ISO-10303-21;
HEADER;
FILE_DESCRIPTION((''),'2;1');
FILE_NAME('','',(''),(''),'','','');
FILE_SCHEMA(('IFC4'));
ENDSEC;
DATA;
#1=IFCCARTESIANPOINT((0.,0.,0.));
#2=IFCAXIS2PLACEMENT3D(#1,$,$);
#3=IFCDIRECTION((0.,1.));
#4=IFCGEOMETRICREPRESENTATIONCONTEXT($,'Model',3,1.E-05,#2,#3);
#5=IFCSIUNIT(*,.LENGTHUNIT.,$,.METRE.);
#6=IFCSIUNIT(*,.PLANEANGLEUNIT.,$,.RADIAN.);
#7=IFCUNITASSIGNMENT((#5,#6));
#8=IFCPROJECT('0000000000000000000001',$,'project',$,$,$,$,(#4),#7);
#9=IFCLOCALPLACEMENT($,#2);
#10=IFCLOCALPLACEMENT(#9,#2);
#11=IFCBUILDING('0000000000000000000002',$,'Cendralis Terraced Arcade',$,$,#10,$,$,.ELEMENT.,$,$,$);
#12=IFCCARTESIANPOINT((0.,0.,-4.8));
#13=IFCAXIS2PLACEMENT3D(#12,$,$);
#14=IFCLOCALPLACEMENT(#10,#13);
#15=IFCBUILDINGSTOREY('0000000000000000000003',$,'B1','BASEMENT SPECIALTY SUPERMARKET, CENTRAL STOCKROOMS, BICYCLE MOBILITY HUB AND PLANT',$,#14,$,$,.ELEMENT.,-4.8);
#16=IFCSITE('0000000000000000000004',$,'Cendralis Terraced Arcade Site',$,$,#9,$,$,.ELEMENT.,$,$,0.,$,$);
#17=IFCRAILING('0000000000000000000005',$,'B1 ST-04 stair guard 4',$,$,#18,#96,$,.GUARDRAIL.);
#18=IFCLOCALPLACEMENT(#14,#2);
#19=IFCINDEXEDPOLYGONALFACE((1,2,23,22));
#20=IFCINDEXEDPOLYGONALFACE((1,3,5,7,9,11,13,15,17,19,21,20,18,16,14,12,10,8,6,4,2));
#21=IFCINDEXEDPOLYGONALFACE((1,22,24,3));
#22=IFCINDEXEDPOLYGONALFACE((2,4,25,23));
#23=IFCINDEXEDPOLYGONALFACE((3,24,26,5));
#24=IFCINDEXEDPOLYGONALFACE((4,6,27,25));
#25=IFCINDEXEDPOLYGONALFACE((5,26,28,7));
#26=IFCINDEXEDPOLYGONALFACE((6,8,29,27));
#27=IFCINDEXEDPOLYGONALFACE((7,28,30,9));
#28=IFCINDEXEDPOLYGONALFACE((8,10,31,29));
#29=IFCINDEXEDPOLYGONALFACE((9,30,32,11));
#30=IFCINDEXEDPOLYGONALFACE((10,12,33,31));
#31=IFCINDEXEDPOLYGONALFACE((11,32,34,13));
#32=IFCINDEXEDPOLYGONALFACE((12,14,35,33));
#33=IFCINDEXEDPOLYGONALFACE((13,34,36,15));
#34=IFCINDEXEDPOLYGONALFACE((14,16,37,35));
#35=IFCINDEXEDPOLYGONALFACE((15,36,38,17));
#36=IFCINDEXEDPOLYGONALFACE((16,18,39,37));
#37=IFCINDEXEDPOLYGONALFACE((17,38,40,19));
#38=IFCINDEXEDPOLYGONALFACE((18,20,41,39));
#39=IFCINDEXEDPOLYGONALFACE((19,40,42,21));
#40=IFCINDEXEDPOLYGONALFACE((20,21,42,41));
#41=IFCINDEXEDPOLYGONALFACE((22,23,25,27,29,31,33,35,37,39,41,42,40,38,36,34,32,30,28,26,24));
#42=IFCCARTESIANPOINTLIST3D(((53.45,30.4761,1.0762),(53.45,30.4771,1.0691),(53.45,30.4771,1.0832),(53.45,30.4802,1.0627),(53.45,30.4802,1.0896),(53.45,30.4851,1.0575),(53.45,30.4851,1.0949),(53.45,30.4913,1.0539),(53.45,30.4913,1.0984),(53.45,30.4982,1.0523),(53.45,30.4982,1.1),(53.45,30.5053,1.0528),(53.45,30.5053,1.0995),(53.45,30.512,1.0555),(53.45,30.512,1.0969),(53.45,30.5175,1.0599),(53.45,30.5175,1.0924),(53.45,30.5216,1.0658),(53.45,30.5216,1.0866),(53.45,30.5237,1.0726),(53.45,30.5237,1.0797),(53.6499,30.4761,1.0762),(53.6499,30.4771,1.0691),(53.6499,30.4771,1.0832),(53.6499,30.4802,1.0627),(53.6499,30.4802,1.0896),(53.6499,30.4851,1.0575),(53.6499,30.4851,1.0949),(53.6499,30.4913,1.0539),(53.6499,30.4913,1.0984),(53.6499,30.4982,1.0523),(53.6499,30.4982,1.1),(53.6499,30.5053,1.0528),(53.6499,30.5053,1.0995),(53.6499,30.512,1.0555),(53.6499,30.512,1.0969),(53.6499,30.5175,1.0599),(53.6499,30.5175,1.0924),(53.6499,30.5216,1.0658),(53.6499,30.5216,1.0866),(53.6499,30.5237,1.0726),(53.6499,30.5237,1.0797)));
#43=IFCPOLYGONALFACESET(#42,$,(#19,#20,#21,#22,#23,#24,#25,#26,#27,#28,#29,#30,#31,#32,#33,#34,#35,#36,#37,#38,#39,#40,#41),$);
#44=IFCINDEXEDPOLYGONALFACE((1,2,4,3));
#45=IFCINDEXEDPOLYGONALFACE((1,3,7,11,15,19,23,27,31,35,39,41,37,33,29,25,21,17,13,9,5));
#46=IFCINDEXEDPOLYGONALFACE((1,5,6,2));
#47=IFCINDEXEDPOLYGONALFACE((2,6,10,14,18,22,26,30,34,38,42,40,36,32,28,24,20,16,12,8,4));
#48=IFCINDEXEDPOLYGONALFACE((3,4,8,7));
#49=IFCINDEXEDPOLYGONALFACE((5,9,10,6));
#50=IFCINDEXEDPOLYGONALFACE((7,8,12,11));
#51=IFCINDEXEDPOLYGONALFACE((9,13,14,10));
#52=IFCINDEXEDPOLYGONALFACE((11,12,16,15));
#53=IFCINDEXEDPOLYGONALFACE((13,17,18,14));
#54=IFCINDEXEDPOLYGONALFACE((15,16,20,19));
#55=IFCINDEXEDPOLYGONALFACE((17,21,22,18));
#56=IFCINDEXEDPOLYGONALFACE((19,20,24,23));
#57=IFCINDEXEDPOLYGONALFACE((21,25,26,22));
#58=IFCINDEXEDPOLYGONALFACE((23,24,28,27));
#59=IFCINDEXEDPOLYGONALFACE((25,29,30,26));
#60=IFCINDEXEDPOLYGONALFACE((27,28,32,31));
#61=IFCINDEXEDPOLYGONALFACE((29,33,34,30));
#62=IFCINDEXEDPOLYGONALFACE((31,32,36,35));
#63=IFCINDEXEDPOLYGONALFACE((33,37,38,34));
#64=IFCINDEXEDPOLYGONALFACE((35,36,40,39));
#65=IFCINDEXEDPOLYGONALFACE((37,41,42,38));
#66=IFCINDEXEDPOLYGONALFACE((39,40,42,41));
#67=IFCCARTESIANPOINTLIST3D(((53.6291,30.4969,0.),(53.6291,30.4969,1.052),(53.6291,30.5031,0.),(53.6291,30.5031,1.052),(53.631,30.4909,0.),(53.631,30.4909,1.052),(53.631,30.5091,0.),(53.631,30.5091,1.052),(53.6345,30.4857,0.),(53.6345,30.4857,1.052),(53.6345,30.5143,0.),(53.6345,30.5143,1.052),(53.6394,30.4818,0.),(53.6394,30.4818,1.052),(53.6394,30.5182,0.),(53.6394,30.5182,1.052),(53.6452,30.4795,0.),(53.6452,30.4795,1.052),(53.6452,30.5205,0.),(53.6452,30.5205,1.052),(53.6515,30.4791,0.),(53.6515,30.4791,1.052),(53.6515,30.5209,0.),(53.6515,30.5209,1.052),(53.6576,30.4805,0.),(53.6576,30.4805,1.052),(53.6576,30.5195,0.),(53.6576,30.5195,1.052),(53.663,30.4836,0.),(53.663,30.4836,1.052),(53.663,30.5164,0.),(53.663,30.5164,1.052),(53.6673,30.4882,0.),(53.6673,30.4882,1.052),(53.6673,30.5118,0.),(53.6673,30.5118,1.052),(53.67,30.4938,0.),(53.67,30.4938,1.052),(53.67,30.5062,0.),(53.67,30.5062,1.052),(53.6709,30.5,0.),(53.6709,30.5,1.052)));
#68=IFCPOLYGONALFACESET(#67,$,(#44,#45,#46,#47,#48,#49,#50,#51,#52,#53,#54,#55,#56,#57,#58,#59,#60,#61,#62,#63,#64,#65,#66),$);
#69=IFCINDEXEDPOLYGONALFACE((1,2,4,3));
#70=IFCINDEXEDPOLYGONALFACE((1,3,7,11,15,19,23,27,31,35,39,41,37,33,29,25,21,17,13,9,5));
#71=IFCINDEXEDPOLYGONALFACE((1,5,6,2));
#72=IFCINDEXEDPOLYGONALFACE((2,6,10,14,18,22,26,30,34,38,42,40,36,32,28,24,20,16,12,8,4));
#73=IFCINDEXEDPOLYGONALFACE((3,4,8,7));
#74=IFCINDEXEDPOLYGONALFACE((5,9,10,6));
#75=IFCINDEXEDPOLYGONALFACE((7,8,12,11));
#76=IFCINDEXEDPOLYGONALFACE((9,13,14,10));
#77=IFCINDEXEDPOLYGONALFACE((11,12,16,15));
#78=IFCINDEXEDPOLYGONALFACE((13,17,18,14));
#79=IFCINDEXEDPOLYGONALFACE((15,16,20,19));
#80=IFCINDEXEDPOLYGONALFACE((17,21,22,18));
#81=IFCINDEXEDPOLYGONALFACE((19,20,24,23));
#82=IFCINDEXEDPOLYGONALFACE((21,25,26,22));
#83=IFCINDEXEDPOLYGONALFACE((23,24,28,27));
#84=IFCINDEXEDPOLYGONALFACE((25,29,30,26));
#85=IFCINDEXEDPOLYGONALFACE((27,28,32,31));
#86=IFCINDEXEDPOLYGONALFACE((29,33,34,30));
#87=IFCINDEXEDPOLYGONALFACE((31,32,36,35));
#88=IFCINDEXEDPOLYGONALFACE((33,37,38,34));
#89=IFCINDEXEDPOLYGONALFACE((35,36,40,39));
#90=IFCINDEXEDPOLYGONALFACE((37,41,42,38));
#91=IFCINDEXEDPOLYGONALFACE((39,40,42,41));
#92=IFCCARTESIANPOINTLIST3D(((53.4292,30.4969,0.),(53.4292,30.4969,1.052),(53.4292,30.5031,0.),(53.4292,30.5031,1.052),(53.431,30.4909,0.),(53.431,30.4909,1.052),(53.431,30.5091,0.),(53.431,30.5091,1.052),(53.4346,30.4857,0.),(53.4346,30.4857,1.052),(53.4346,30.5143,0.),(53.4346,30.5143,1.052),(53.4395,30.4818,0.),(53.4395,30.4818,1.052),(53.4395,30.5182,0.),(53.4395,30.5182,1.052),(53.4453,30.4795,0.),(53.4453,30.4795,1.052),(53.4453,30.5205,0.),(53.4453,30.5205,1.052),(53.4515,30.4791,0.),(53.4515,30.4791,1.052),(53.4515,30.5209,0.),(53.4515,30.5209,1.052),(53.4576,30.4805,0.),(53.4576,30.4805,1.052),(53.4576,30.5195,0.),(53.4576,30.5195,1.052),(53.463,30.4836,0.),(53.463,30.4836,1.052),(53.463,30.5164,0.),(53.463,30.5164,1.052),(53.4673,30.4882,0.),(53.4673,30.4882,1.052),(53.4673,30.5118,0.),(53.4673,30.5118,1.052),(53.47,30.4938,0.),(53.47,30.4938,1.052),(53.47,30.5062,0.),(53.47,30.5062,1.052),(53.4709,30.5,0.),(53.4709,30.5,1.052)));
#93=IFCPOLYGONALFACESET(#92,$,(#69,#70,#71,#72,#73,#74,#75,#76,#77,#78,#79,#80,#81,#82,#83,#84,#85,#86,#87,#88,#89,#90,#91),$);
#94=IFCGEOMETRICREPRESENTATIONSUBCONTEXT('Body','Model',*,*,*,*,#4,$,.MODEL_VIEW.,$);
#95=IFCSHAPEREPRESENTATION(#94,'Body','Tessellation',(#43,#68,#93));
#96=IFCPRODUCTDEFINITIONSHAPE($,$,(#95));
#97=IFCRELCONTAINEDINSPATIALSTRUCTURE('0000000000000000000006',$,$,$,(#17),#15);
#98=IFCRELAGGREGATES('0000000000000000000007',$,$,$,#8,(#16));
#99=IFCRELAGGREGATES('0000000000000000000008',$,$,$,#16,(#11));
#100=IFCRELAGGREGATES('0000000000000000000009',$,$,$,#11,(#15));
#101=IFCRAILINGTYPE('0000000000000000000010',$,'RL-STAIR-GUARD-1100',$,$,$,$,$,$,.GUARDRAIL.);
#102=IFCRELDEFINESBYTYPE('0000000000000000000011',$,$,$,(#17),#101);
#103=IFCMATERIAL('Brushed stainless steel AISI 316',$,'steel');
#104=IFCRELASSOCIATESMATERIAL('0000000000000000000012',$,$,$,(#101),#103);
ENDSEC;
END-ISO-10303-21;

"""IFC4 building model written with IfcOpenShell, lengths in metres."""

from ifc_helpers import new_model, si_unit, direction, frame, origin, origin_2d, place, context, subcontext, project, spatial, circle, extrude, material, type_object, element, save


model = new_model("IFC4")

# Units and contexts
model_context = context("Model", 3, precision=1e-05, world=origin(), true_north=direction((0.0, 1.0)))
body_context = subcontext(model_context, "Body", "Model", "MODEL_VIEW")
ifc_project = project(units=[si_unit("LENGTHUNIT", "METRE"), si_unit("PLANEANGLEUNIT", "RADIAN")], contexts=[model_context])

# Site, building, storey
site_placement = place(None, origin())
site = spatial("IfcSite", under=ifc_project, at=site_placement, Name="Cendralis Terraced Arcade Site", CompositionType="ELEMENT", RefElevation=0.0)
building_placement = place(site_placement, origin())
building = spatial("IfcBuilding", under=site, at=building_placement, Name="Cendralis Terraced Arcade", CompositionType="ELEMENT")
storey_placement = place(building_placement, frame((0.0, 0.0, -4.8)))
storey = spatial("IfcBuildingStorey", under=building, at=storey_placement, Name="B1", Description="BASEMENT SPECIALTY SUPERMARKET, CENTRAL STOCKROOMS, BICYCLE MOBILITY HUB AND PLANT", CompositionType="ELEMENT", Elevation=-4.8)

# Railing
ifc_material_1 = material(Name="Brushed stainless steel AISI 316", Category="steel")
railing_type_1 = type_object("IfcRailingType", Name="RL-STAIR-GUARD-1100", PredefinedType="GUARDRAIL", material=ifc_material_1)
railing_1_placement = place(storey_placement, frame((53.6499, 30.5, 0.0)))
element("IfcRailing", 1, at=railing_1_placement, inside=storey, type_object=railing_type_1, Name="B1 ST-04 stair guard 4", PredefinedType="GUARDRAIL", context=body_context, shape_type="SweptSolid", body=[
    extrude(circle(Radius=0.0239, at=origin_2d()), frame((0.0, 0.0, 1.0762), z_axis=(-1.0, 0.0, 0.0), x_axis=(0.0, -1.0, 0.0)), (0.0, 0.0, 1.0), 0.2),
    extrude(circle(Radius=0.021, at=origin_2d()), origin(), (0.0, 0.0, 1.0), 1.052),
    extrude(circle(Radius=0.021, at=origin_2d()), frame((-0.2, 0.0, 0.0)), (0.0, 0.0, 1.0), 1.052),
])

save(model, "model.ifc")
